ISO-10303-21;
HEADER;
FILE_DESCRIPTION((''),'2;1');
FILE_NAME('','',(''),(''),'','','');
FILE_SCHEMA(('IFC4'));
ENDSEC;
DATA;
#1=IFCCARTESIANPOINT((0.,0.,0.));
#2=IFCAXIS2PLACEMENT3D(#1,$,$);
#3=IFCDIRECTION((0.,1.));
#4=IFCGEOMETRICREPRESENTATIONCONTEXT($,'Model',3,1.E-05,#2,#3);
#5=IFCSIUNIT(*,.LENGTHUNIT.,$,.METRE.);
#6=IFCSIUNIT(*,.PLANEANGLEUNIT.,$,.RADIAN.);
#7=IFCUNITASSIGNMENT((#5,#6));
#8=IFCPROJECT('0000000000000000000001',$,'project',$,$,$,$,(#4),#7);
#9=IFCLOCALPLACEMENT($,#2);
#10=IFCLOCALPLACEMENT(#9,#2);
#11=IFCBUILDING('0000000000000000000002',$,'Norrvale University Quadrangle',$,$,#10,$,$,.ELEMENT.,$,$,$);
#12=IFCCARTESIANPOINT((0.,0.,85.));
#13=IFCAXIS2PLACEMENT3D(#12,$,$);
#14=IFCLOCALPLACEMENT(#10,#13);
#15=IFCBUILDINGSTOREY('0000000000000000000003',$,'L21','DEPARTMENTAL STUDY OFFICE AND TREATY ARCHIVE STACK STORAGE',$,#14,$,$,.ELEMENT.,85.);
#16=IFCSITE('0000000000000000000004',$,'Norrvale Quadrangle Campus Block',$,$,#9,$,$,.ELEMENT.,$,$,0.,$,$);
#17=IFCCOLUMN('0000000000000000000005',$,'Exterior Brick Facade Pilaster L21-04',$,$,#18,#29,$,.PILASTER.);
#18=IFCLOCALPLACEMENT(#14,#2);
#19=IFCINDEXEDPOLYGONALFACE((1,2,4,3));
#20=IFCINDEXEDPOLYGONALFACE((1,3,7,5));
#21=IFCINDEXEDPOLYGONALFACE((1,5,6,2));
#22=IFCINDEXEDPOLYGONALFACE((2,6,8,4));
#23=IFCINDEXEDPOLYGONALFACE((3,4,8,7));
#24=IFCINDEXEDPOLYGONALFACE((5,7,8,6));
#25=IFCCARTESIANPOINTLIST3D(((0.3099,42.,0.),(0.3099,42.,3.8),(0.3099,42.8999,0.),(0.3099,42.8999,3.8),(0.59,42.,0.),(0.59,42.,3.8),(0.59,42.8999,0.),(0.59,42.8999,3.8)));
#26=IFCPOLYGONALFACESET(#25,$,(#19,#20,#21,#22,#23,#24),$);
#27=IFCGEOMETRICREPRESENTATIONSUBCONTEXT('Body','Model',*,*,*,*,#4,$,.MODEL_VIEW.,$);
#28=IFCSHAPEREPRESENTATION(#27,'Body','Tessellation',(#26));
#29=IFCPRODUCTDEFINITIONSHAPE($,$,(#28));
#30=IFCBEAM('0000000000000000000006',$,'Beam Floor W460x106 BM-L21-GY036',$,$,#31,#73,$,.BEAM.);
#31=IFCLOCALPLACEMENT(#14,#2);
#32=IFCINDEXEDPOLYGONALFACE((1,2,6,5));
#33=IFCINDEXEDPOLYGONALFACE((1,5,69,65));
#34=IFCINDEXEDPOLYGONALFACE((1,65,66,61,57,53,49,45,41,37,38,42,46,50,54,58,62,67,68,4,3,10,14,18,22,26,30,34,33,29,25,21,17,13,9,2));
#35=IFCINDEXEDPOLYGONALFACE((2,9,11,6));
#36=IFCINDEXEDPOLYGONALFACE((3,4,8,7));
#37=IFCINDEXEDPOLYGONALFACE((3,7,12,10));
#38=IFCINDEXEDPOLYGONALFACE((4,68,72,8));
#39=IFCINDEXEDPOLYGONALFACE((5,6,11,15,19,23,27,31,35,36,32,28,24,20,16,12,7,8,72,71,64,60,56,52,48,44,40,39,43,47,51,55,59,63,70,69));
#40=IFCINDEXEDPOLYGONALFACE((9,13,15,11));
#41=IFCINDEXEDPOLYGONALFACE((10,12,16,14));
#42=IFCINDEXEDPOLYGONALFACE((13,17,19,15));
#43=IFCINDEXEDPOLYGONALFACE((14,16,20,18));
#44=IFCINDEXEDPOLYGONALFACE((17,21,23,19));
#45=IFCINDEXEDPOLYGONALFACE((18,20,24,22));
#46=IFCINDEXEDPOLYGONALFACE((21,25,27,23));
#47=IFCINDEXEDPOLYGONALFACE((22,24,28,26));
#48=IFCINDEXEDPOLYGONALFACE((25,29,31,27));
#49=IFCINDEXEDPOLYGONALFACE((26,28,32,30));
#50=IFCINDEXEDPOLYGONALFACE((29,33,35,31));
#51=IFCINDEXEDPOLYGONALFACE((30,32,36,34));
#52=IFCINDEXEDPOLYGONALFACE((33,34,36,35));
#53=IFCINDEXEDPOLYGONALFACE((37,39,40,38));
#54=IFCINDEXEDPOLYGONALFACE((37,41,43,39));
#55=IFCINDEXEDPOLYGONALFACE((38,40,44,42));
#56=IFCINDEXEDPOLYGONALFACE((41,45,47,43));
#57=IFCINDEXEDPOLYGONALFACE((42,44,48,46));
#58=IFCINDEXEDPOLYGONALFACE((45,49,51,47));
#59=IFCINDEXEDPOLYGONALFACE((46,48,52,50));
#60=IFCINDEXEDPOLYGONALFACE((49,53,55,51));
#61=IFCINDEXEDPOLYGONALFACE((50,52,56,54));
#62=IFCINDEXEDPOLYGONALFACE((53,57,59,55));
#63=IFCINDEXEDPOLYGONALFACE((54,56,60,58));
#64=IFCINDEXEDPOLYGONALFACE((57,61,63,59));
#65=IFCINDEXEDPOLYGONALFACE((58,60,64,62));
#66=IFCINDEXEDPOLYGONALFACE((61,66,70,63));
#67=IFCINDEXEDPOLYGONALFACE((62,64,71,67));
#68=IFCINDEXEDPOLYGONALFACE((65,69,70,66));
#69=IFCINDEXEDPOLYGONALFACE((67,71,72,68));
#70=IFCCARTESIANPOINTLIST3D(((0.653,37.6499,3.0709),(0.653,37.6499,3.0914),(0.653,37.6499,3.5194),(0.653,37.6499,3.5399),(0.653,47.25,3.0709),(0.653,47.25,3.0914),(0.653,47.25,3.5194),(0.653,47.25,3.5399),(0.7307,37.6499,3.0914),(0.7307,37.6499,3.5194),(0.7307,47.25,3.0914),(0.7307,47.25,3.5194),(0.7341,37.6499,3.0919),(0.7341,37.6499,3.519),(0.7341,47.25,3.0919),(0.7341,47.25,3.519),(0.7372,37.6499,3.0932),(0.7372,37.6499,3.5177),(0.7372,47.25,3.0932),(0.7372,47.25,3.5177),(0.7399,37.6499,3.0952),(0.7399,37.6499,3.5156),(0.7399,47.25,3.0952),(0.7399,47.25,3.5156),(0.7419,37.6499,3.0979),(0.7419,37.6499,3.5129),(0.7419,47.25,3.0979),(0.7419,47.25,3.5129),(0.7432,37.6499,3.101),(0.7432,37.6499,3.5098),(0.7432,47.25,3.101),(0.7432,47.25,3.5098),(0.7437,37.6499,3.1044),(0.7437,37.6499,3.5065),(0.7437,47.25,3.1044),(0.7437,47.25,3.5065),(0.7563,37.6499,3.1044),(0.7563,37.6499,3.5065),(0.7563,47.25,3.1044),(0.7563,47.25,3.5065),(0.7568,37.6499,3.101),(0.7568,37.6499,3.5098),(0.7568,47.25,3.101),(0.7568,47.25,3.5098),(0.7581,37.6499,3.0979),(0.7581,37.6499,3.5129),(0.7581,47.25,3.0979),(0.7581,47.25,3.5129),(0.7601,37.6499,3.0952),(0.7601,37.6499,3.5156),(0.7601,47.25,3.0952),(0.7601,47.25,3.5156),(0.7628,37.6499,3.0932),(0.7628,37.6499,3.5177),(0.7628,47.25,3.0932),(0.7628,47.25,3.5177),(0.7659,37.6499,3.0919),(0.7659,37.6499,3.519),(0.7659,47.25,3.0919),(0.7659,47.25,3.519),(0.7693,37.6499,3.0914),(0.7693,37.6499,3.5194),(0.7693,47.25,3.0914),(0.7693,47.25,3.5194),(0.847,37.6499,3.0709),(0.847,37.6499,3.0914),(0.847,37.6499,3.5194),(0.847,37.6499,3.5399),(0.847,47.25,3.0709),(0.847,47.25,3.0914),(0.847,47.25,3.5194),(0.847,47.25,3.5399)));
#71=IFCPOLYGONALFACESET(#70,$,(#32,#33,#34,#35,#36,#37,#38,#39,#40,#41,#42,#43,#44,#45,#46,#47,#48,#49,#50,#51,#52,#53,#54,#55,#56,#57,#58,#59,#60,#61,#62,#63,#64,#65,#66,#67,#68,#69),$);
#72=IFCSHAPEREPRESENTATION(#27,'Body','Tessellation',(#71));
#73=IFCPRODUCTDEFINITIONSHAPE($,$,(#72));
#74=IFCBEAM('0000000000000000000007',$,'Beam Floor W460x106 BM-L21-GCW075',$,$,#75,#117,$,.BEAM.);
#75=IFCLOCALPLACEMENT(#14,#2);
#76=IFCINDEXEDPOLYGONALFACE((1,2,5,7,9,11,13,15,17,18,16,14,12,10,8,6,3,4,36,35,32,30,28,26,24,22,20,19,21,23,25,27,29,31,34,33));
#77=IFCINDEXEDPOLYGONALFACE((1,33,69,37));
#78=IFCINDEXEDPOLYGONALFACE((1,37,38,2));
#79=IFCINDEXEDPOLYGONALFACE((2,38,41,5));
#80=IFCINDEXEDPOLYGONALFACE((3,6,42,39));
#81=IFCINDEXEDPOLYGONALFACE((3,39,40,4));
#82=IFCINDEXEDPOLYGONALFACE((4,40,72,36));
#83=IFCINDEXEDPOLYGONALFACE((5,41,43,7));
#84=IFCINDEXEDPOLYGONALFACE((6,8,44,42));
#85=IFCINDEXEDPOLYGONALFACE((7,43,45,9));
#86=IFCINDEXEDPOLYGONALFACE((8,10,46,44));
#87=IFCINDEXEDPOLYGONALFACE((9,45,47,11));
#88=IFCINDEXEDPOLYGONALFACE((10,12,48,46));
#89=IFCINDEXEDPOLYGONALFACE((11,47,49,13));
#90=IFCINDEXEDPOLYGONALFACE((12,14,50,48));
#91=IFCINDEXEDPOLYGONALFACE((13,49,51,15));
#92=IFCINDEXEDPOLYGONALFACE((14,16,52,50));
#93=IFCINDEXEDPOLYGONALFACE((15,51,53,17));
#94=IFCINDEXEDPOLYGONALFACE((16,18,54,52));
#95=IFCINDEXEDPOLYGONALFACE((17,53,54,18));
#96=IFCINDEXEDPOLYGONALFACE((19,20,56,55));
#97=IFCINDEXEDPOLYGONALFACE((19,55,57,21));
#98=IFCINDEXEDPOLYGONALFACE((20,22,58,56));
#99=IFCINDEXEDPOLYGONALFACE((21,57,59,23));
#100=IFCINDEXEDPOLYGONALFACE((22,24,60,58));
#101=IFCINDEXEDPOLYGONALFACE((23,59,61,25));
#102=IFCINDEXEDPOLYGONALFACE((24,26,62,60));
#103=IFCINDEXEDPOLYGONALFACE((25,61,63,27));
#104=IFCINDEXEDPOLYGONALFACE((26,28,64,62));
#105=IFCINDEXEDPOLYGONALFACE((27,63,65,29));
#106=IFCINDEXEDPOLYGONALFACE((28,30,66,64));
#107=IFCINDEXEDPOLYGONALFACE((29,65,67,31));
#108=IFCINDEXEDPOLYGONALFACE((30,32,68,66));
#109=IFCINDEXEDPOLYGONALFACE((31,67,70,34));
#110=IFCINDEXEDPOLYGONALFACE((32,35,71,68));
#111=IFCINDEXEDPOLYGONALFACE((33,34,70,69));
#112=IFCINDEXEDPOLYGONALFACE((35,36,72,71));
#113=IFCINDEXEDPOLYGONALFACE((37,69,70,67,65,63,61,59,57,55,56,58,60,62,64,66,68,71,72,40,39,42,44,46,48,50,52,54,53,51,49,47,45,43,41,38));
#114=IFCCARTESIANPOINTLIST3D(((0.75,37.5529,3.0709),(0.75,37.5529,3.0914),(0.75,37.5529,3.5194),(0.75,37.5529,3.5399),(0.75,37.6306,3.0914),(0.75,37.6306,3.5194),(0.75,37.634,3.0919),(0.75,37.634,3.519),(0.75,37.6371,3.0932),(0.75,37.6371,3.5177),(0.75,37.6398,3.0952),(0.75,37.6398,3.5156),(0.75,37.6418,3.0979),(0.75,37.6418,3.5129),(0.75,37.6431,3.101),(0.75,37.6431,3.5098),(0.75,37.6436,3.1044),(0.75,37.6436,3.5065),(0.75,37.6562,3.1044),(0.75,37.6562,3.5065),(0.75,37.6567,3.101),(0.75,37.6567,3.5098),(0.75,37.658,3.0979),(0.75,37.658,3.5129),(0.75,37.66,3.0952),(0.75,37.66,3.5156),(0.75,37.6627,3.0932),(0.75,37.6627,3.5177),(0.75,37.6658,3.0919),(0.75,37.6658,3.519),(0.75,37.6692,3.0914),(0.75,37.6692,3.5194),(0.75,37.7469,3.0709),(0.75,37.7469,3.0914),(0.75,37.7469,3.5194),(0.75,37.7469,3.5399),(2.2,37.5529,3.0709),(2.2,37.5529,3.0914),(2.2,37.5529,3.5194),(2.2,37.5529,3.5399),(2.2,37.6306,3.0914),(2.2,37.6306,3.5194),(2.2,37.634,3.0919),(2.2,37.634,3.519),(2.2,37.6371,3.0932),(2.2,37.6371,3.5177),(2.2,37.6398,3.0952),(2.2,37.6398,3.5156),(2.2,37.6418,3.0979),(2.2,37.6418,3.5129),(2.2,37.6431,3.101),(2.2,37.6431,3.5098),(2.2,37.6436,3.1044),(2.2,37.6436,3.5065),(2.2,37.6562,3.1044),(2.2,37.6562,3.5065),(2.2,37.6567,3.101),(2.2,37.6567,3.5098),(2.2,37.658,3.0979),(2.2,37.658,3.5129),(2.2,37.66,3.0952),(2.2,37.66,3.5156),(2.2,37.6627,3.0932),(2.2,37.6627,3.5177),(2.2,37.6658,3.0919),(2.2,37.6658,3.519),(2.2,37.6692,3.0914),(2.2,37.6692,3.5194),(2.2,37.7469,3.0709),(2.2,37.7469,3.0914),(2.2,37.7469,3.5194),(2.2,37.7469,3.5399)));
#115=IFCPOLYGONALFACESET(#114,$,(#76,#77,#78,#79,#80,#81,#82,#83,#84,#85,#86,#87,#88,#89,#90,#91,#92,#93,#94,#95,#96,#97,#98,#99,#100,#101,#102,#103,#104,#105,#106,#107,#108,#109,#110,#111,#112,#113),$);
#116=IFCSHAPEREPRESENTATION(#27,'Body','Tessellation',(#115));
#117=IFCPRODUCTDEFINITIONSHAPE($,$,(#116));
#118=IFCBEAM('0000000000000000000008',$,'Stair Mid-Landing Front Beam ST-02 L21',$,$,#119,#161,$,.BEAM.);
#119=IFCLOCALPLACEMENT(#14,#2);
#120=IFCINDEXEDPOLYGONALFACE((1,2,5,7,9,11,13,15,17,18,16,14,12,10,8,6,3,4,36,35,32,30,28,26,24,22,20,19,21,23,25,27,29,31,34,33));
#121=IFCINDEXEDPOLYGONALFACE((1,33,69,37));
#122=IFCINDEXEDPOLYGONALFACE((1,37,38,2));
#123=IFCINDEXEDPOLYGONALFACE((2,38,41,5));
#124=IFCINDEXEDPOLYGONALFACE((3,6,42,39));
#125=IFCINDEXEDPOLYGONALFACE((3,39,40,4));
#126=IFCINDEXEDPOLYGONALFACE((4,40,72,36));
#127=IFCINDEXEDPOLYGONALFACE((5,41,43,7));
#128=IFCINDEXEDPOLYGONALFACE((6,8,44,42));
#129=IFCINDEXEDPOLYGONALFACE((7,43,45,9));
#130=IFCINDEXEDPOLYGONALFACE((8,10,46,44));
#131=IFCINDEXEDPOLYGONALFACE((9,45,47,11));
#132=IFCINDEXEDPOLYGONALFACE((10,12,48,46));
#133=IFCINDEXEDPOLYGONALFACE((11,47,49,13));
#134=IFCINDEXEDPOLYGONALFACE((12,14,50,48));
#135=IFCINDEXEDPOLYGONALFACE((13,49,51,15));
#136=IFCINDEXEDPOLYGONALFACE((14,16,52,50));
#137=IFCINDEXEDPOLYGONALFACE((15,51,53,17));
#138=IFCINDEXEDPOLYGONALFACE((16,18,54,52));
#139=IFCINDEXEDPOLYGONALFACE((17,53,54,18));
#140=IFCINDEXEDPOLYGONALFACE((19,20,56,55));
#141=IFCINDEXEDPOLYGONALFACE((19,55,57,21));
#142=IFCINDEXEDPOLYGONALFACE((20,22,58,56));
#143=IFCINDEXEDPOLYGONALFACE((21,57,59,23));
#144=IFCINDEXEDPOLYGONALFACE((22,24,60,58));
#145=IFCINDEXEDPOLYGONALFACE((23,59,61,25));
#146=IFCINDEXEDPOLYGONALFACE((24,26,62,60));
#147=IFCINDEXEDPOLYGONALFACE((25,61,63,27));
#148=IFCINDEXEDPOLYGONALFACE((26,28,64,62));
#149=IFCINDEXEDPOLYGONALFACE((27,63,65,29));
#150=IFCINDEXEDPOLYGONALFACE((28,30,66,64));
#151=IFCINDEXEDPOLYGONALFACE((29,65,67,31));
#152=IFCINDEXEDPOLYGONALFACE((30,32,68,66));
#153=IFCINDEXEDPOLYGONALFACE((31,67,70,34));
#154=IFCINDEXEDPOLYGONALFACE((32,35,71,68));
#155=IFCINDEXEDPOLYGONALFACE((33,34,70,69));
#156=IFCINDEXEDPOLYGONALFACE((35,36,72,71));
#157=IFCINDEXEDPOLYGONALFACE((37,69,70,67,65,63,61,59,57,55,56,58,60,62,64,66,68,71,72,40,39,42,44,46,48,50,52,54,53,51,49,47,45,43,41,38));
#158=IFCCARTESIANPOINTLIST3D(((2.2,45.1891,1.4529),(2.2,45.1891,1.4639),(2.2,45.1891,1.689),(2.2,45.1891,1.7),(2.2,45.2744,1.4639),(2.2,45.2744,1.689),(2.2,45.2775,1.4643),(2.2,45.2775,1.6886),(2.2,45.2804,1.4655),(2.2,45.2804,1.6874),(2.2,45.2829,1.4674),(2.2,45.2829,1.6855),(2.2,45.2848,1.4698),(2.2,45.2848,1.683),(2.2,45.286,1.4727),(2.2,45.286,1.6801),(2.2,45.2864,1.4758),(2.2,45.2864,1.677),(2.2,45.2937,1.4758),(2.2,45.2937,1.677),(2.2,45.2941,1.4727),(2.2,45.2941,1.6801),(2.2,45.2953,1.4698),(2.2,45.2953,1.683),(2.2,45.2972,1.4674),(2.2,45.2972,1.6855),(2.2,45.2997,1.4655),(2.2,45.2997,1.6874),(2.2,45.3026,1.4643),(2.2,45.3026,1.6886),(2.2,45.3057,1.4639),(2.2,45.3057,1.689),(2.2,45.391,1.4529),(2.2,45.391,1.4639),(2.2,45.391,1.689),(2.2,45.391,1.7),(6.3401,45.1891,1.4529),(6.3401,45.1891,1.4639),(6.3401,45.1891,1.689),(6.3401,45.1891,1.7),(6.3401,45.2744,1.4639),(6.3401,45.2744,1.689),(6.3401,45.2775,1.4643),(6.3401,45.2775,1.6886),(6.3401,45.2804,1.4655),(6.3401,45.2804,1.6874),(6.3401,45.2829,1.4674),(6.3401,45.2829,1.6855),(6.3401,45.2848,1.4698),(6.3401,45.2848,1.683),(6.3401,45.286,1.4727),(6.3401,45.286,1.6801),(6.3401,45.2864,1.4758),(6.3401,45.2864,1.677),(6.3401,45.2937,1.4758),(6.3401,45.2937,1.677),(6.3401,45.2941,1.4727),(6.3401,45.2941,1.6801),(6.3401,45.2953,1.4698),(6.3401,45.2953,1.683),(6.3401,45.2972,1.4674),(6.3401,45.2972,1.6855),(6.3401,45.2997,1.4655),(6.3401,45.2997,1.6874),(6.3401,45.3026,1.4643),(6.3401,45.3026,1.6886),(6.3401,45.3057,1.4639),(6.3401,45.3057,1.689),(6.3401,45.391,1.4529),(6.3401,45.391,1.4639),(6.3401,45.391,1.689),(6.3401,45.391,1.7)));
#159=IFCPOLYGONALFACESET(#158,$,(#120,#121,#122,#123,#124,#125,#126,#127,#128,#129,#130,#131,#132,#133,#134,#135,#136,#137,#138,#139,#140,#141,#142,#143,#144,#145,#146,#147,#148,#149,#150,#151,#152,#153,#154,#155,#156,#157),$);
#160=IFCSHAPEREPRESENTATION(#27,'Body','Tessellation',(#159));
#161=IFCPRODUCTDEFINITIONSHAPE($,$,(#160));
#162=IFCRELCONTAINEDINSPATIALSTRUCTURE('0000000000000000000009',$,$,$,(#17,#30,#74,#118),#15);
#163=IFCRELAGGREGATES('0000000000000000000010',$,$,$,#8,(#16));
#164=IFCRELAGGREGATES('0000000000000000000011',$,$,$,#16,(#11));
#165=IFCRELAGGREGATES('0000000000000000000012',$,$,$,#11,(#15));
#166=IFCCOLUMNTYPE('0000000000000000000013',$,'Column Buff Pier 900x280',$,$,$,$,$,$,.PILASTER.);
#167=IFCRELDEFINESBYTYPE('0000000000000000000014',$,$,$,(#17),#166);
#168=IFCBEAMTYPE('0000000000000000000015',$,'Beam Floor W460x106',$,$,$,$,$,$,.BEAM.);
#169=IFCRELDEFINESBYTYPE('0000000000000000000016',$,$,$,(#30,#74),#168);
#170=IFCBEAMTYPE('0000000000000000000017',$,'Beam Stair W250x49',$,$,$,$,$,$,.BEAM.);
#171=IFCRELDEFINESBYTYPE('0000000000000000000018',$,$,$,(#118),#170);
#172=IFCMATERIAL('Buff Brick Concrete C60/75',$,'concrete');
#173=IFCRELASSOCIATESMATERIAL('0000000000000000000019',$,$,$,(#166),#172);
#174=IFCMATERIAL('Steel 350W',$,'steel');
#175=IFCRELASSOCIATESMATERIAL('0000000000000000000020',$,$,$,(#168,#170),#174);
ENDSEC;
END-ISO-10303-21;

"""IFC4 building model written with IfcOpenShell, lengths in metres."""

from ifc_helpers import new_model, si_unit, direction, frame, origin, origin_2d, place, context, subcontext, project, spatial, rectangle, i_section, extrude, material, material_profile, profile_set, type_object, element, save


model = new_model("IFC4")

# Units and contexts
model_context = context("Model", 3, precision=1e-05, world=origin(), true_north=direction((0.0, 1.0)))
body_context = subcontext(model_context, "Body", "Model", "MODEL_VIEW")
ifc_project = project(units=[si_unit("LENGTHUNIT", "METRE"), si_unit("PLANEANGLEUNIT", "RADIAN")], contexts=[model_context])

# Site, building, storey
site_placement = place(None, origin())
site = spatial("IfcSite", under=ifc_project, at=site_placement, Name="Norrvale Quadrangle Campus Block", CompositionType="ELEMENT", RefElevation=0.0)
building_placement = place(site_placement, origin())
building = spatial("IfcBuilding", under=site, at=building_placement, Name="Norrvale University Quadrangle", CompositionType="ELEMENT")
storey_placement = place(building_placement, frame((0.0, 0.0, 85.0)))
storey = spatial("IfcBuildingStorey", under=building, at=storey_placement, Name="L21", Description="DEPARTMENTAL STUDY OFFICE AND TREATY ARCHIVE STACK STORAGE", CompositionType="ELEMENT", Elevation=85.0)

# Column
ifc_material_1 = material(Name="Buff Brick Concrete C60/75", Category="concrete")
ifc_material_profile_1 = material_profile(ifc_material_1, rectangle(XDim=0.8999, YDim=0.28, at=origin_2d()), Name="Buff Brick Concrete C60/75")
ifc_profile_set_1 = profile_set([ifc_material_profile_1], Name="Buff Brick Concrete C60/75")
column_type = type_object("IfcColumnType", Name="Column Buff Pier 900x280", PredefinedType="PILASTER", material=ifc_profile_set_1)
column_placement = place(storey_placement, frame((0.45, 42.45, 0.0), z_axis=(0.0, 0.0, 1.0), x_axis=(0.0, 1.0, 0.0)))
element("IfcColumn", 1, at=column_placement, inside=storey, type_object=column_type, Name="Exterior Brick Facade Pilaster L21-04", PredefinedType="PILASTER", context=body_context, shape_type="SweptSolid", body=[
    extrude(rectangle(XDim=0.8999, YDim=0.28, at=origin_2d()), origin(), (0.0, 0.0, 1.0), 3.8),
])

# Beams
ifc_material_2 = material(Name="Steel 350W", Category="steel")
ifc_material_profile_2 = material_profile(ifc_material_2, i_section(OverallWidth=0.1941, OverallDepth=0.469, WebThickness=0.0127, FlangeThickness=0.0205, FilletRadius=0.0129, at=origin_2d()), Name="Steel 350W")
ifc_profile_set_2 = profile_set([ifc_material_profile_2], Name="Steel 350W")
beam_type_1 = type_object("IfcBeamType", Name="Beam Floor W460x106", PredefinedType="BEAM", material=ifc_profile_set_2)
beam_1_placement = place(storey_placement, frame((0.75, 37.6499, 3.3054), z_axis=(0.0, 1.0, 0.0), x_axis=(-1.0, 0.0, 0.0)))
element("IfcBeam", 2, at=beam_1_placement, inside=storey, type_object=beam_type_1, Name="Beam Floor W460x106 BM-L21-GY036", PredefinedType="BEAM", context=body_context, shape_type="SweptSolid", body=[
    extrude(i_section(OverallWidth=0.1941, OverallDepth=0.469, WebThickness=0.0127, FlangeThickness=0.0205, FilletRadius=0.0129, at=origin_2d()), origin(), (0.0, 0.0, 1.0), 9.6001),
])
beam_2_placement = place(storey_placement, frame((0.75, 37.6499, 3.3054), z_axis=(1.0, 0.0, 0.0), x_axis=(0.0, 1.0, 0.0)))
element("IfcBeam", 3, at=beam_2_placement, inside=storey, type_object=beam_type_1, Name="Beam Floor W460x106 BM-L21-GCW075", PredefinedType="BEAM", context=body_context, shape_type="SweptSolid", body=[
    extrude(i_section(OverallWidth=0.1941, OverallDepth=0.469, WebThickness=0.0127, FlangeThickness=0.0205, FilletRadius=0.0129, at=origin_2d()), origin(), (0.0, 0.0, 1.0), 1.45),
])
ifc_material_profile_3 = material_profile(ifc_material_2, i_section(OverallWidth=0.2019, OverallDepth=0.2471, WebThickness=0.0073, FlangeThickness=0.011, FilletRadius=0.012, at=origin_2d()), Name="Steel 350W")
ifc_profile_set_3 = profile_set([ifc_material_profile_3], Name="Steel 350W")
beam_type_2 = type_object("IfcBeamType", Name="Beam Stair W250x49", PredefinedType="BEAM", material=ifc_profile_set_3)
beam_3_placement = place(storey_placement, frame((2.2, 45.29, 1.5764), z_axis=(1.0, 0.0, 0.0), x_axis=(0.0, 1.0, 0.0)))
element("IfcBeam", 4, at=beam_3_placement, inside=storey, type_object=beam_type_2, Name="Stair Mid-Landing Front Beam ST-02 L21", PredefinedType="BEAM", context=body_context, shape_type="SweptSolid", body=[
    extrude(i_section(OverallWidth=0.2019, OverallDepth=0.2471, WebThickness=0.0073, FlangeThickness=0.011, FilletRadius=0.012, at=origin_2d()), origin(), (0.0, 0.0, 1.0), 4.1401),
])

save(model, "model.ifc")
